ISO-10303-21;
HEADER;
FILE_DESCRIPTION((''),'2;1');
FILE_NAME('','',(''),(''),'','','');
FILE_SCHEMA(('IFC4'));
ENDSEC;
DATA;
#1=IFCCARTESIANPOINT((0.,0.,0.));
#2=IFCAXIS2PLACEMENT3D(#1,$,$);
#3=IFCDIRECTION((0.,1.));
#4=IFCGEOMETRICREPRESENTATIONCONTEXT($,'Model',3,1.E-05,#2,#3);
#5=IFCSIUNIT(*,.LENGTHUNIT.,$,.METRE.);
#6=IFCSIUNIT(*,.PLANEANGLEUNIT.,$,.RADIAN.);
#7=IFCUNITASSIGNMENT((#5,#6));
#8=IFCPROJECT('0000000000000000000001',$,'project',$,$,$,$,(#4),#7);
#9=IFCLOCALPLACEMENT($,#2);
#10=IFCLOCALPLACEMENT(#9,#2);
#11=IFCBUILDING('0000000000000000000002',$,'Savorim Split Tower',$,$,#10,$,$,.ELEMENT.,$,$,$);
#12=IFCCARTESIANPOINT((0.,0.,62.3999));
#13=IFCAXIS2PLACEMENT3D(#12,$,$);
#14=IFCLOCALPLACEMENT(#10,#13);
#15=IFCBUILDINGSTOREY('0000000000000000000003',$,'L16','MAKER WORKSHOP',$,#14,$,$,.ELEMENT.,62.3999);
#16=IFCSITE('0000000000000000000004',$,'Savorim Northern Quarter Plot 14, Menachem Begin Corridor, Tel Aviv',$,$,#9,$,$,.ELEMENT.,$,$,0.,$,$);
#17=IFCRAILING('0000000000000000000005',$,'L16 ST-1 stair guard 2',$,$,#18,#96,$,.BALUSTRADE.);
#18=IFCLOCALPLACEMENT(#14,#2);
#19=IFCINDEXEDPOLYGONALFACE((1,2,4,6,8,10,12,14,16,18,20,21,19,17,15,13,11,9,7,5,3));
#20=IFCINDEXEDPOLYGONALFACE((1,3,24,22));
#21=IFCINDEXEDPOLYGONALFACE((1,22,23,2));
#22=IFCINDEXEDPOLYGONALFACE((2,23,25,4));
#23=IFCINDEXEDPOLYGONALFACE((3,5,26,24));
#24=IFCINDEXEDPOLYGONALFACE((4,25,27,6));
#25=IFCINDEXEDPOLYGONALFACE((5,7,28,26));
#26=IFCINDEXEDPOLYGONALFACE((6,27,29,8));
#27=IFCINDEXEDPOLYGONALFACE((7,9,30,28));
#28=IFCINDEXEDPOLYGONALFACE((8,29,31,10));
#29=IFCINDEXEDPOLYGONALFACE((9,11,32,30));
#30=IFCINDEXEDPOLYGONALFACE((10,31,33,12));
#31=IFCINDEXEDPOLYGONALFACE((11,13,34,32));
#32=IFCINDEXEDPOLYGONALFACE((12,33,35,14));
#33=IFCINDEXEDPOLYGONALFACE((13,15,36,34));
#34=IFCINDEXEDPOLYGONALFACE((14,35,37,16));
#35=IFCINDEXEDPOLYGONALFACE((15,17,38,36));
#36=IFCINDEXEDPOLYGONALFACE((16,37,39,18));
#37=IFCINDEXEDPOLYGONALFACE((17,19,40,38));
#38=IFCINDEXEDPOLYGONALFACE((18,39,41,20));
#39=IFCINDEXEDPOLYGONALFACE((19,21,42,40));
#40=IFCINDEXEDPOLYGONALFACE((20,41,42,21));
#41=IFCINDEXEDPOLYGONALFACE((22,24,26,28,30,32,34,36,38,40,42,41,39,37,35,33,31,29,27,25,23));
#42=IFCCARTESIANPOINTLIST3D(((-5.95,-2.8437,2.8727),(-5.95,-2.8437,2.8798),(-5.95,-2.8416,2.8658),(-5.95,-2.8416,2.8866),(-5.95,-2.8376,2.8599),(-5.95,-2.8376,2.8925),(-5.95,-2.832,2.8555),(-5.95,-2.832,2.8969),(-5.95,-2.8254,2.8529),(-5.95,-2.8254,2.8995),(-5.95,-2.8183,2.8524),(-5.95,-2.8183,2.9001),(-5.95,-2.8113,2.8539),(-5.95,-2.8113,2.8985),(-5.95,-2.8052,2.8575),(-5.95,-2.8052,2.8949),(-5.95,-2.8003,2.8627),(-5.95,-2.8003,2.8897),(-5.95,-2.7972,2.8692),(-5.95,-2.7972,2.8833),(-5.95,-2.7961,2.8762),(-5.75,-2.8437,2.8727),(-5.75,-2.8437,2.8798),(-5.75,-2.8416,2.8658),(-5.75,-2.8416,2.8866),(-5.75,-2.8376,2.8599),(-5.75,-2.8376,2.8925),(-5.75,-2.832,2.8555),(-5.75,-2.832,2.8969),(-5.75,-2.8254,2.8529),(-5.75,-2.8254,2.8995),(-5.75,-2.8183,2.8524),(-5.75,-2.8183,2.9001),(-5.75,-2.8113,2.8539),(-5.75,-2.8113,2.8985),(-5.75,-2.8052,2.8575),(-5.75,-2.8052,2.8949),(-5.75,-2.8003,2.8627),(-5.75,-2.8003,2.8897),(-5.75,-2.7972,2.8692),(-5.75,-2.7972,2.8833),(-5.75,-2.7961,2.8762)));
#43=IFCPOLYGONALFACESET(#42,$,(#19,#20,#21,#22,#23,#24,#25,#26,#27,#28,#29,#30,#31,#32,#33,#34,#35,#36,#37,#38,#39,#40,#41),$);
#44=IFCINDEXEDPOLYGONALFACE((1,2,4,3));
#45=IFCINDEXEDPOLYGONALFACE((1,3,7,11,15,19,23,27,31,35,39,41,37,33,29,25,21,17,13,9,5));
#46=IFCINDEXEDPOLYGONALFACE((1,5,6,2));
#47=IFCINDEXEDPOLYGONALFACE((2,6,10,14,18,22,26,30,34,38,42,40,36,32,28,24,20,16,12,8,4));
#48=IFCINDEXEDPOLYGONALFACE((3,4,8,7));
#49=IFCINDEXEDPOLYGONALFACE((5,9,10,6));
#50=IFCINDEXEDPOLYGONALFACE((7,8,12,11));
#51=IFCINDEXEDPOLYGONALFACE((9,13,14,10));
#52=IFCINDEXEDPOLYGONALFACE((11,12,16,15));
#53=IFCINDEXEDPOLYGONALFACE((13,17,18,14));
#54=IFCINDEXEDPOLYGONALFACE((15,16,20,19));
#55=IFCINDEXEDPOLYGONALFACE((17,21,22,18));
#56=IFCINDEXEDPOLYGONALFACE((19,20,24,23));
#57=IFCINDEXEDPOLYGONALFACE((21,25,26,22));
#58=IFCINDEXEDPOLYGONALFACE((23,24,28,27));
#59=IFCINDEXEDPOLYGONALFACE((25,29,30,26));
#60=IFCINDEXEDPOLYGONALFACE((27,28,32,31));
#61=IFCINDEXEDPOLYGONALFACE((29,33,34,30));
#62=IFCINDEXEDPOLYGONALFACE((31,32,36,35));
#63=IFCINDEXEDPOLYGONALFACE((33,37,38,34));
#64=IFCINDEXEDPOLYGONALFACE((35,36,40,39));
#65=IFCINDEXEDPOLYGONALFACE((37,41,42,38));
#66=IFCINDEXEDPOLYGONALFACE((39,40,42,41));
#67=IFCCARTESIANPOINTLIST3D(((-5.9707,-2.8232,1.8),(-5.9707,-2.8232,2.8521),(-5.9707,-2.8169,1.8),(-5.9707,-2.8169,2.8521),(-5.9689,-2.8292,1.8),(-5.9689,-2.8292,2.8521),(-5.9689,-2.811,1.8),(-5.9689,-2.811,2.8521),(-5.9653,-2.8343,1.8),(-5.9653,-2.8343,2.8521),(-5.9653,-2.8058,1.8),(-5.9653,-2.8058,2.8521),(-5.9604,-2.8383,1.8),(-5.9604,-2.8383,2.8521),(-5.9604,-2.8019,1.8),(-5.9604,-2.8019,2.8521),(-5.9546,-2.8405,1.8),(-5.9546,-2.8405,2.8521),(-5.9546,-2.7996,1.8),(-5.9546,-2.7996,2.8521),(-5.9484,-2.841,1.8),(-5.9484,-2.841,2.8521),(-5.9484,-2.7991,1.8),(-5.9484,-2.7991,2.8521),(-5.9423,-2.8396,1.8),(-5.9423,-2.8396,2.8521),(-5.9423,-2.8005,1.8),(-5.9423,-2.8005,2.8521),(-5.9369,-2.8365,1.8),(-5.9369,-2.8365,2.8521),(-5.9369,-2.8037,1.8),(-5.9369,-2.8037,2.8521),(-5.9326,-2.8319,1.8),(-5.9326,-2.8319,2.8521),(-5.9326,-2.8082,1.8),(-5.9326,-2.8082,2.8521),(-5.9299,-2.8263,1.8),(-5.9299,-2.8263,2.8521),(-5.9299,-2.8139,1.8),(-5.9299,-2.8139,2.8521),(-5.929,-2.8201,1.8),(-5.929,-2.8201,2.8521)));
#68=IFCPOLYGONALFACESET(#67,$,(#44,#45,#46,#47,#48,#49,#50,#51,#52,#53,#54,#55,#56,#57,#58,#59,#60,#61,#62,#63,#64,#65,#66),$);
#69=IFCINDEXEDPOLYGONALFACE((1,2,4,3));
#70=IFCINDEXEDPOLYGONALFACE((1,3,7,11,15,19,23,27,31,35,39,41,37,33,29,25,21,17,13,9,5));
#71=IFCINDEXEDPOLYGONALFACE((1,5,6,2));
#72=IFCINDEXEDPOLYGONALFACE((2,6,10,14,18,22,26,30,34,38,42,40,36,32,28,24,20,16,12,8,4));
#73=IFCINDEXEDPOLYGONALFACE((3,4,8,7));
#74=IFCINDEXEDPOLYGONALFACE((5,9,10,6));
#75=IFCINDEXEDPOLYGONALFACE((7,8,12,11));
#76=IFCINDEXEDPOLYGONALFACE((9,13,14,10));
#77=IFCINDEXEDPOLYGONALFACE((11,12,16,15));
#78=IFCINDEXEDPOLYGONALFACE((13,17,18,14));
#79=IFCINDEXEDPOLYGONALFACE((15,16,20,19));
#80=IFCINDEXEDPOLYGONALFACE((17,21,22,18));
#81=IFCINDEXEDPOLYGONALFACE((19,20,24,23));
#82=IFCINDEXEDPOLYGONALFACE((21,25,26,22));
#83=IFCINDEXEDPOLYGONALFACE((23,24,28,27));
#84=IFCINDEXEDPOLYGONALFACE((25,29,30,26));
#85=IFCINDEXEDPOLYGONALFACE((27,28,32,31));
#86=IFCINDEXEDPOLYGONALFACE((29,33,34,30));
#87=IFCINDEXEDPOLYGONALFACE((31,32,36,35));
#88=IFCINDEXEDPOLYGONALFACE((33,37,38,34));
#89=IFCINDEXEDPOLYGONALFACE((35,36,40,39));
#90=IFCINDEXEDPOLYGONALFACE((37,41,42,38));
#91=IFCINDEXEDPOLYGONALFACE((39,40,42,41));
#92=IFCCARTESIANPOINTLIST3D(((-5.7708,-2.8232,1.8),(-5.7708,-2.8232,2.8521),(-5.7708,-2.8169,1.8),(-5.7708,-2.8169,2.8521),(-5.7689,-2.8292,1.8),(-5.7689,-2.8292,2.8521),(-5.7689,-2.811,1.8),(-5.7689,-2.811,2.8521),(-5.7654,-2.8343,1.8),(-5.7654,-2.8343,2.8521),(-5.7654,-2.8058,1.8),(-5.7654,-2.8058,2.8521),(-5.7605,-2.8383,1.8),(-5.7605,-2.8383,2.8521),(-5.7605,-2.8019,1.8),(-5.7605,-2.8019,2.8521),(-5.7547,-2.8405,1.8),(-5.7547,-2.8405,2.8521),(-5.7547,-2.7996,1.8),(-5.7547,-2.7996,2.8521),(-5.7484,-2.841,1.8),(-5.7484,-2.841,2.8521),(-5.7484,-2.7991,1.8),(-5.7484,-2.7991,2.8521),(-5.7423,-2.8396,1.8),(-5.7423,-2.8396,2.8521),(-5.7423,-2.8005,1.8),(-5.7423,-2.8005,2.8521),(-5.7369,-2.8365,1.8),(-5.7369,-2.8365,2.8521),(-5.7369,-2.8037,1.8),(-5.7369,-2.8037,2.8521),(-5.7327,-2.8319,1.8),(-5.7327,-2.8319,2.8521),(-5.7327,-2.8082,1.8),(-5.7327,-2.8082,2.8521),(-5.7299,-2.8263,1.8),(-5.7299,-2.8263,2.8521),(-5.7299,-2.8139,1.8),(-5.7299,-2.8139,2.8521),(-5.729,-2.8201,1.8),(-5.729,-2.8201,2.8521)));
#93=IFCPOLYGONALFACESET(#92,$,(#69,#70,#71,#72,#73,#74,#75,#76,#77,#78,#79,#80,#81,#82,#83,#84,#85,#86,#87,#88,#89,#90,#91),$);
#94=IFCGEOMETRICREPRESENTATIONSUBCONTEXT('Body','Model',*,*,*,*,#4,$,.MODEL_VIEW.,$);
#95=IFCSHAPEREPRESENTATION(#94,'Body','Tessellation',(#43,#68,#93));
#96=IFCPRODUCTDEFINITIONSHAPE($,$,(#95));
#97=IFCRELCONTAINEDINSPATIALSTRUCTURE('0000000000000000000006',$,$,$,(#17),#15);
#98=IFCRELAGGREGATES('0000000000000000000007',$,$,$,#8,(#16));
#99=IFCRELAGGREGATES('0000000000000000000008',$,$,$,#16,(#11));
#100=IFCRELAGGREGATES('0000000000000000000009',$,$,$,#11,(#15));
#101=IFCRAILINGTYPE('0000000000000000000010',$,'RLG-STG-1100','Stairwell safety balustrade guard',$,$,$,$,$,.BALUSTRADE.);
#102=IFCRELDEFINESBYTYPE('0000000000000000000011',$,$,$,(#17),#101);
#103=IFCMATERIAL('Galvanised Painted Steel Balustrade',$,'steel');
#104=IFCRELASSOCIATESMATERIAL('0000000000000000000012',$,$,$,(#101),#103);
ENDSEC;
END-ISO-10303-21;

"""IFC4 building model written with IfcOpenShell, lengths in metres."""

from ifc_helpers import new_model, si_unit, direction, frame, origin, origin_2d, place, context, subcontext, project, spatial, circle, extrude, material, type_object, element, save


model = new_model("IFC4")

# Units and contexts
model_context = context("Model", 3, precision=1e-05, world=origin(), true_north=direction((0.0, 1.0)))
body_context = subcontext(model_context, "Body", "Model", "MODEL_VIEW")
ifc_project = project(units=[si_unit("LENGTHUNIT", "METRE"), si_unit("PLANEANGLEUNIT", "RADIAN")], contexts=[model_context])

# Site, building, storey
site_placement = place(None, origin())
site = spatial("IfcSite", under=ifc_project, at=site_placement, Name="Savorim Northern Quarter Plot 14, Menachem Begin Corridor, Tel Aviv", CompositionType="ELEMENT", RefElevation=0.0)
building_placement = place(site_placement, origin())
building = spatial("IfcBuilding", under=site, at=building_placement, Name="Savorim Split Tower", CompositionType="ELEMENT")
storey_placement = place(building_placement, frame((0.0, 0.0, 62.3999)))
storey = spatial("IfcBuildingStorey", under=building, at=storey_placement, Name="L16", Description="MAKER WORKSHOP", CompositionType="ELEMENT", Elevation=62.3999)

# Railing
ifc_material_1 = material(Name="Galvanised Painted Steel Balustrade", Category="steel")
railing_type_1 = type_object("IfcRailingType", Name="RLG-STG-1100", Description="Stairwell safety balustrade guard", PredefinedType="BALUSTRADE", material=ifc_material_1)
railing_1_placement = place(storey_placement, frame((-5.95, -2.8201, 1.8)))
element("IfcRailing", 1, at=railing_1_placement, inside=storey, type_object=railing_type_1, Name="L16 ST-1 stair guard 2", PredefinedType="BALUSTRADE", context=body_context, shape_type="SweptSolid", body=[
    extrude(circle(Radius=0.0239, at=origin_2d()), frame((0.0, 0.0, 1.0762), z_axis=(1.0, 0.0, 0.0), x_axis=(0.0, 1.0, 0.0)), (0.0, 0.0, 1.0), 0.2),
    extrude(circle(Radius=0.021, at=origin_2d()), origin(), (0.0, 0.0, 1.0), 1.052),
    extrude(circle(Radius=0.021, at=origin_2d()), frame((0.2, 0.0, 0.0)), (0.0, 0.0, 1.0), 1.052),
])

save(model, "model.ifc")
